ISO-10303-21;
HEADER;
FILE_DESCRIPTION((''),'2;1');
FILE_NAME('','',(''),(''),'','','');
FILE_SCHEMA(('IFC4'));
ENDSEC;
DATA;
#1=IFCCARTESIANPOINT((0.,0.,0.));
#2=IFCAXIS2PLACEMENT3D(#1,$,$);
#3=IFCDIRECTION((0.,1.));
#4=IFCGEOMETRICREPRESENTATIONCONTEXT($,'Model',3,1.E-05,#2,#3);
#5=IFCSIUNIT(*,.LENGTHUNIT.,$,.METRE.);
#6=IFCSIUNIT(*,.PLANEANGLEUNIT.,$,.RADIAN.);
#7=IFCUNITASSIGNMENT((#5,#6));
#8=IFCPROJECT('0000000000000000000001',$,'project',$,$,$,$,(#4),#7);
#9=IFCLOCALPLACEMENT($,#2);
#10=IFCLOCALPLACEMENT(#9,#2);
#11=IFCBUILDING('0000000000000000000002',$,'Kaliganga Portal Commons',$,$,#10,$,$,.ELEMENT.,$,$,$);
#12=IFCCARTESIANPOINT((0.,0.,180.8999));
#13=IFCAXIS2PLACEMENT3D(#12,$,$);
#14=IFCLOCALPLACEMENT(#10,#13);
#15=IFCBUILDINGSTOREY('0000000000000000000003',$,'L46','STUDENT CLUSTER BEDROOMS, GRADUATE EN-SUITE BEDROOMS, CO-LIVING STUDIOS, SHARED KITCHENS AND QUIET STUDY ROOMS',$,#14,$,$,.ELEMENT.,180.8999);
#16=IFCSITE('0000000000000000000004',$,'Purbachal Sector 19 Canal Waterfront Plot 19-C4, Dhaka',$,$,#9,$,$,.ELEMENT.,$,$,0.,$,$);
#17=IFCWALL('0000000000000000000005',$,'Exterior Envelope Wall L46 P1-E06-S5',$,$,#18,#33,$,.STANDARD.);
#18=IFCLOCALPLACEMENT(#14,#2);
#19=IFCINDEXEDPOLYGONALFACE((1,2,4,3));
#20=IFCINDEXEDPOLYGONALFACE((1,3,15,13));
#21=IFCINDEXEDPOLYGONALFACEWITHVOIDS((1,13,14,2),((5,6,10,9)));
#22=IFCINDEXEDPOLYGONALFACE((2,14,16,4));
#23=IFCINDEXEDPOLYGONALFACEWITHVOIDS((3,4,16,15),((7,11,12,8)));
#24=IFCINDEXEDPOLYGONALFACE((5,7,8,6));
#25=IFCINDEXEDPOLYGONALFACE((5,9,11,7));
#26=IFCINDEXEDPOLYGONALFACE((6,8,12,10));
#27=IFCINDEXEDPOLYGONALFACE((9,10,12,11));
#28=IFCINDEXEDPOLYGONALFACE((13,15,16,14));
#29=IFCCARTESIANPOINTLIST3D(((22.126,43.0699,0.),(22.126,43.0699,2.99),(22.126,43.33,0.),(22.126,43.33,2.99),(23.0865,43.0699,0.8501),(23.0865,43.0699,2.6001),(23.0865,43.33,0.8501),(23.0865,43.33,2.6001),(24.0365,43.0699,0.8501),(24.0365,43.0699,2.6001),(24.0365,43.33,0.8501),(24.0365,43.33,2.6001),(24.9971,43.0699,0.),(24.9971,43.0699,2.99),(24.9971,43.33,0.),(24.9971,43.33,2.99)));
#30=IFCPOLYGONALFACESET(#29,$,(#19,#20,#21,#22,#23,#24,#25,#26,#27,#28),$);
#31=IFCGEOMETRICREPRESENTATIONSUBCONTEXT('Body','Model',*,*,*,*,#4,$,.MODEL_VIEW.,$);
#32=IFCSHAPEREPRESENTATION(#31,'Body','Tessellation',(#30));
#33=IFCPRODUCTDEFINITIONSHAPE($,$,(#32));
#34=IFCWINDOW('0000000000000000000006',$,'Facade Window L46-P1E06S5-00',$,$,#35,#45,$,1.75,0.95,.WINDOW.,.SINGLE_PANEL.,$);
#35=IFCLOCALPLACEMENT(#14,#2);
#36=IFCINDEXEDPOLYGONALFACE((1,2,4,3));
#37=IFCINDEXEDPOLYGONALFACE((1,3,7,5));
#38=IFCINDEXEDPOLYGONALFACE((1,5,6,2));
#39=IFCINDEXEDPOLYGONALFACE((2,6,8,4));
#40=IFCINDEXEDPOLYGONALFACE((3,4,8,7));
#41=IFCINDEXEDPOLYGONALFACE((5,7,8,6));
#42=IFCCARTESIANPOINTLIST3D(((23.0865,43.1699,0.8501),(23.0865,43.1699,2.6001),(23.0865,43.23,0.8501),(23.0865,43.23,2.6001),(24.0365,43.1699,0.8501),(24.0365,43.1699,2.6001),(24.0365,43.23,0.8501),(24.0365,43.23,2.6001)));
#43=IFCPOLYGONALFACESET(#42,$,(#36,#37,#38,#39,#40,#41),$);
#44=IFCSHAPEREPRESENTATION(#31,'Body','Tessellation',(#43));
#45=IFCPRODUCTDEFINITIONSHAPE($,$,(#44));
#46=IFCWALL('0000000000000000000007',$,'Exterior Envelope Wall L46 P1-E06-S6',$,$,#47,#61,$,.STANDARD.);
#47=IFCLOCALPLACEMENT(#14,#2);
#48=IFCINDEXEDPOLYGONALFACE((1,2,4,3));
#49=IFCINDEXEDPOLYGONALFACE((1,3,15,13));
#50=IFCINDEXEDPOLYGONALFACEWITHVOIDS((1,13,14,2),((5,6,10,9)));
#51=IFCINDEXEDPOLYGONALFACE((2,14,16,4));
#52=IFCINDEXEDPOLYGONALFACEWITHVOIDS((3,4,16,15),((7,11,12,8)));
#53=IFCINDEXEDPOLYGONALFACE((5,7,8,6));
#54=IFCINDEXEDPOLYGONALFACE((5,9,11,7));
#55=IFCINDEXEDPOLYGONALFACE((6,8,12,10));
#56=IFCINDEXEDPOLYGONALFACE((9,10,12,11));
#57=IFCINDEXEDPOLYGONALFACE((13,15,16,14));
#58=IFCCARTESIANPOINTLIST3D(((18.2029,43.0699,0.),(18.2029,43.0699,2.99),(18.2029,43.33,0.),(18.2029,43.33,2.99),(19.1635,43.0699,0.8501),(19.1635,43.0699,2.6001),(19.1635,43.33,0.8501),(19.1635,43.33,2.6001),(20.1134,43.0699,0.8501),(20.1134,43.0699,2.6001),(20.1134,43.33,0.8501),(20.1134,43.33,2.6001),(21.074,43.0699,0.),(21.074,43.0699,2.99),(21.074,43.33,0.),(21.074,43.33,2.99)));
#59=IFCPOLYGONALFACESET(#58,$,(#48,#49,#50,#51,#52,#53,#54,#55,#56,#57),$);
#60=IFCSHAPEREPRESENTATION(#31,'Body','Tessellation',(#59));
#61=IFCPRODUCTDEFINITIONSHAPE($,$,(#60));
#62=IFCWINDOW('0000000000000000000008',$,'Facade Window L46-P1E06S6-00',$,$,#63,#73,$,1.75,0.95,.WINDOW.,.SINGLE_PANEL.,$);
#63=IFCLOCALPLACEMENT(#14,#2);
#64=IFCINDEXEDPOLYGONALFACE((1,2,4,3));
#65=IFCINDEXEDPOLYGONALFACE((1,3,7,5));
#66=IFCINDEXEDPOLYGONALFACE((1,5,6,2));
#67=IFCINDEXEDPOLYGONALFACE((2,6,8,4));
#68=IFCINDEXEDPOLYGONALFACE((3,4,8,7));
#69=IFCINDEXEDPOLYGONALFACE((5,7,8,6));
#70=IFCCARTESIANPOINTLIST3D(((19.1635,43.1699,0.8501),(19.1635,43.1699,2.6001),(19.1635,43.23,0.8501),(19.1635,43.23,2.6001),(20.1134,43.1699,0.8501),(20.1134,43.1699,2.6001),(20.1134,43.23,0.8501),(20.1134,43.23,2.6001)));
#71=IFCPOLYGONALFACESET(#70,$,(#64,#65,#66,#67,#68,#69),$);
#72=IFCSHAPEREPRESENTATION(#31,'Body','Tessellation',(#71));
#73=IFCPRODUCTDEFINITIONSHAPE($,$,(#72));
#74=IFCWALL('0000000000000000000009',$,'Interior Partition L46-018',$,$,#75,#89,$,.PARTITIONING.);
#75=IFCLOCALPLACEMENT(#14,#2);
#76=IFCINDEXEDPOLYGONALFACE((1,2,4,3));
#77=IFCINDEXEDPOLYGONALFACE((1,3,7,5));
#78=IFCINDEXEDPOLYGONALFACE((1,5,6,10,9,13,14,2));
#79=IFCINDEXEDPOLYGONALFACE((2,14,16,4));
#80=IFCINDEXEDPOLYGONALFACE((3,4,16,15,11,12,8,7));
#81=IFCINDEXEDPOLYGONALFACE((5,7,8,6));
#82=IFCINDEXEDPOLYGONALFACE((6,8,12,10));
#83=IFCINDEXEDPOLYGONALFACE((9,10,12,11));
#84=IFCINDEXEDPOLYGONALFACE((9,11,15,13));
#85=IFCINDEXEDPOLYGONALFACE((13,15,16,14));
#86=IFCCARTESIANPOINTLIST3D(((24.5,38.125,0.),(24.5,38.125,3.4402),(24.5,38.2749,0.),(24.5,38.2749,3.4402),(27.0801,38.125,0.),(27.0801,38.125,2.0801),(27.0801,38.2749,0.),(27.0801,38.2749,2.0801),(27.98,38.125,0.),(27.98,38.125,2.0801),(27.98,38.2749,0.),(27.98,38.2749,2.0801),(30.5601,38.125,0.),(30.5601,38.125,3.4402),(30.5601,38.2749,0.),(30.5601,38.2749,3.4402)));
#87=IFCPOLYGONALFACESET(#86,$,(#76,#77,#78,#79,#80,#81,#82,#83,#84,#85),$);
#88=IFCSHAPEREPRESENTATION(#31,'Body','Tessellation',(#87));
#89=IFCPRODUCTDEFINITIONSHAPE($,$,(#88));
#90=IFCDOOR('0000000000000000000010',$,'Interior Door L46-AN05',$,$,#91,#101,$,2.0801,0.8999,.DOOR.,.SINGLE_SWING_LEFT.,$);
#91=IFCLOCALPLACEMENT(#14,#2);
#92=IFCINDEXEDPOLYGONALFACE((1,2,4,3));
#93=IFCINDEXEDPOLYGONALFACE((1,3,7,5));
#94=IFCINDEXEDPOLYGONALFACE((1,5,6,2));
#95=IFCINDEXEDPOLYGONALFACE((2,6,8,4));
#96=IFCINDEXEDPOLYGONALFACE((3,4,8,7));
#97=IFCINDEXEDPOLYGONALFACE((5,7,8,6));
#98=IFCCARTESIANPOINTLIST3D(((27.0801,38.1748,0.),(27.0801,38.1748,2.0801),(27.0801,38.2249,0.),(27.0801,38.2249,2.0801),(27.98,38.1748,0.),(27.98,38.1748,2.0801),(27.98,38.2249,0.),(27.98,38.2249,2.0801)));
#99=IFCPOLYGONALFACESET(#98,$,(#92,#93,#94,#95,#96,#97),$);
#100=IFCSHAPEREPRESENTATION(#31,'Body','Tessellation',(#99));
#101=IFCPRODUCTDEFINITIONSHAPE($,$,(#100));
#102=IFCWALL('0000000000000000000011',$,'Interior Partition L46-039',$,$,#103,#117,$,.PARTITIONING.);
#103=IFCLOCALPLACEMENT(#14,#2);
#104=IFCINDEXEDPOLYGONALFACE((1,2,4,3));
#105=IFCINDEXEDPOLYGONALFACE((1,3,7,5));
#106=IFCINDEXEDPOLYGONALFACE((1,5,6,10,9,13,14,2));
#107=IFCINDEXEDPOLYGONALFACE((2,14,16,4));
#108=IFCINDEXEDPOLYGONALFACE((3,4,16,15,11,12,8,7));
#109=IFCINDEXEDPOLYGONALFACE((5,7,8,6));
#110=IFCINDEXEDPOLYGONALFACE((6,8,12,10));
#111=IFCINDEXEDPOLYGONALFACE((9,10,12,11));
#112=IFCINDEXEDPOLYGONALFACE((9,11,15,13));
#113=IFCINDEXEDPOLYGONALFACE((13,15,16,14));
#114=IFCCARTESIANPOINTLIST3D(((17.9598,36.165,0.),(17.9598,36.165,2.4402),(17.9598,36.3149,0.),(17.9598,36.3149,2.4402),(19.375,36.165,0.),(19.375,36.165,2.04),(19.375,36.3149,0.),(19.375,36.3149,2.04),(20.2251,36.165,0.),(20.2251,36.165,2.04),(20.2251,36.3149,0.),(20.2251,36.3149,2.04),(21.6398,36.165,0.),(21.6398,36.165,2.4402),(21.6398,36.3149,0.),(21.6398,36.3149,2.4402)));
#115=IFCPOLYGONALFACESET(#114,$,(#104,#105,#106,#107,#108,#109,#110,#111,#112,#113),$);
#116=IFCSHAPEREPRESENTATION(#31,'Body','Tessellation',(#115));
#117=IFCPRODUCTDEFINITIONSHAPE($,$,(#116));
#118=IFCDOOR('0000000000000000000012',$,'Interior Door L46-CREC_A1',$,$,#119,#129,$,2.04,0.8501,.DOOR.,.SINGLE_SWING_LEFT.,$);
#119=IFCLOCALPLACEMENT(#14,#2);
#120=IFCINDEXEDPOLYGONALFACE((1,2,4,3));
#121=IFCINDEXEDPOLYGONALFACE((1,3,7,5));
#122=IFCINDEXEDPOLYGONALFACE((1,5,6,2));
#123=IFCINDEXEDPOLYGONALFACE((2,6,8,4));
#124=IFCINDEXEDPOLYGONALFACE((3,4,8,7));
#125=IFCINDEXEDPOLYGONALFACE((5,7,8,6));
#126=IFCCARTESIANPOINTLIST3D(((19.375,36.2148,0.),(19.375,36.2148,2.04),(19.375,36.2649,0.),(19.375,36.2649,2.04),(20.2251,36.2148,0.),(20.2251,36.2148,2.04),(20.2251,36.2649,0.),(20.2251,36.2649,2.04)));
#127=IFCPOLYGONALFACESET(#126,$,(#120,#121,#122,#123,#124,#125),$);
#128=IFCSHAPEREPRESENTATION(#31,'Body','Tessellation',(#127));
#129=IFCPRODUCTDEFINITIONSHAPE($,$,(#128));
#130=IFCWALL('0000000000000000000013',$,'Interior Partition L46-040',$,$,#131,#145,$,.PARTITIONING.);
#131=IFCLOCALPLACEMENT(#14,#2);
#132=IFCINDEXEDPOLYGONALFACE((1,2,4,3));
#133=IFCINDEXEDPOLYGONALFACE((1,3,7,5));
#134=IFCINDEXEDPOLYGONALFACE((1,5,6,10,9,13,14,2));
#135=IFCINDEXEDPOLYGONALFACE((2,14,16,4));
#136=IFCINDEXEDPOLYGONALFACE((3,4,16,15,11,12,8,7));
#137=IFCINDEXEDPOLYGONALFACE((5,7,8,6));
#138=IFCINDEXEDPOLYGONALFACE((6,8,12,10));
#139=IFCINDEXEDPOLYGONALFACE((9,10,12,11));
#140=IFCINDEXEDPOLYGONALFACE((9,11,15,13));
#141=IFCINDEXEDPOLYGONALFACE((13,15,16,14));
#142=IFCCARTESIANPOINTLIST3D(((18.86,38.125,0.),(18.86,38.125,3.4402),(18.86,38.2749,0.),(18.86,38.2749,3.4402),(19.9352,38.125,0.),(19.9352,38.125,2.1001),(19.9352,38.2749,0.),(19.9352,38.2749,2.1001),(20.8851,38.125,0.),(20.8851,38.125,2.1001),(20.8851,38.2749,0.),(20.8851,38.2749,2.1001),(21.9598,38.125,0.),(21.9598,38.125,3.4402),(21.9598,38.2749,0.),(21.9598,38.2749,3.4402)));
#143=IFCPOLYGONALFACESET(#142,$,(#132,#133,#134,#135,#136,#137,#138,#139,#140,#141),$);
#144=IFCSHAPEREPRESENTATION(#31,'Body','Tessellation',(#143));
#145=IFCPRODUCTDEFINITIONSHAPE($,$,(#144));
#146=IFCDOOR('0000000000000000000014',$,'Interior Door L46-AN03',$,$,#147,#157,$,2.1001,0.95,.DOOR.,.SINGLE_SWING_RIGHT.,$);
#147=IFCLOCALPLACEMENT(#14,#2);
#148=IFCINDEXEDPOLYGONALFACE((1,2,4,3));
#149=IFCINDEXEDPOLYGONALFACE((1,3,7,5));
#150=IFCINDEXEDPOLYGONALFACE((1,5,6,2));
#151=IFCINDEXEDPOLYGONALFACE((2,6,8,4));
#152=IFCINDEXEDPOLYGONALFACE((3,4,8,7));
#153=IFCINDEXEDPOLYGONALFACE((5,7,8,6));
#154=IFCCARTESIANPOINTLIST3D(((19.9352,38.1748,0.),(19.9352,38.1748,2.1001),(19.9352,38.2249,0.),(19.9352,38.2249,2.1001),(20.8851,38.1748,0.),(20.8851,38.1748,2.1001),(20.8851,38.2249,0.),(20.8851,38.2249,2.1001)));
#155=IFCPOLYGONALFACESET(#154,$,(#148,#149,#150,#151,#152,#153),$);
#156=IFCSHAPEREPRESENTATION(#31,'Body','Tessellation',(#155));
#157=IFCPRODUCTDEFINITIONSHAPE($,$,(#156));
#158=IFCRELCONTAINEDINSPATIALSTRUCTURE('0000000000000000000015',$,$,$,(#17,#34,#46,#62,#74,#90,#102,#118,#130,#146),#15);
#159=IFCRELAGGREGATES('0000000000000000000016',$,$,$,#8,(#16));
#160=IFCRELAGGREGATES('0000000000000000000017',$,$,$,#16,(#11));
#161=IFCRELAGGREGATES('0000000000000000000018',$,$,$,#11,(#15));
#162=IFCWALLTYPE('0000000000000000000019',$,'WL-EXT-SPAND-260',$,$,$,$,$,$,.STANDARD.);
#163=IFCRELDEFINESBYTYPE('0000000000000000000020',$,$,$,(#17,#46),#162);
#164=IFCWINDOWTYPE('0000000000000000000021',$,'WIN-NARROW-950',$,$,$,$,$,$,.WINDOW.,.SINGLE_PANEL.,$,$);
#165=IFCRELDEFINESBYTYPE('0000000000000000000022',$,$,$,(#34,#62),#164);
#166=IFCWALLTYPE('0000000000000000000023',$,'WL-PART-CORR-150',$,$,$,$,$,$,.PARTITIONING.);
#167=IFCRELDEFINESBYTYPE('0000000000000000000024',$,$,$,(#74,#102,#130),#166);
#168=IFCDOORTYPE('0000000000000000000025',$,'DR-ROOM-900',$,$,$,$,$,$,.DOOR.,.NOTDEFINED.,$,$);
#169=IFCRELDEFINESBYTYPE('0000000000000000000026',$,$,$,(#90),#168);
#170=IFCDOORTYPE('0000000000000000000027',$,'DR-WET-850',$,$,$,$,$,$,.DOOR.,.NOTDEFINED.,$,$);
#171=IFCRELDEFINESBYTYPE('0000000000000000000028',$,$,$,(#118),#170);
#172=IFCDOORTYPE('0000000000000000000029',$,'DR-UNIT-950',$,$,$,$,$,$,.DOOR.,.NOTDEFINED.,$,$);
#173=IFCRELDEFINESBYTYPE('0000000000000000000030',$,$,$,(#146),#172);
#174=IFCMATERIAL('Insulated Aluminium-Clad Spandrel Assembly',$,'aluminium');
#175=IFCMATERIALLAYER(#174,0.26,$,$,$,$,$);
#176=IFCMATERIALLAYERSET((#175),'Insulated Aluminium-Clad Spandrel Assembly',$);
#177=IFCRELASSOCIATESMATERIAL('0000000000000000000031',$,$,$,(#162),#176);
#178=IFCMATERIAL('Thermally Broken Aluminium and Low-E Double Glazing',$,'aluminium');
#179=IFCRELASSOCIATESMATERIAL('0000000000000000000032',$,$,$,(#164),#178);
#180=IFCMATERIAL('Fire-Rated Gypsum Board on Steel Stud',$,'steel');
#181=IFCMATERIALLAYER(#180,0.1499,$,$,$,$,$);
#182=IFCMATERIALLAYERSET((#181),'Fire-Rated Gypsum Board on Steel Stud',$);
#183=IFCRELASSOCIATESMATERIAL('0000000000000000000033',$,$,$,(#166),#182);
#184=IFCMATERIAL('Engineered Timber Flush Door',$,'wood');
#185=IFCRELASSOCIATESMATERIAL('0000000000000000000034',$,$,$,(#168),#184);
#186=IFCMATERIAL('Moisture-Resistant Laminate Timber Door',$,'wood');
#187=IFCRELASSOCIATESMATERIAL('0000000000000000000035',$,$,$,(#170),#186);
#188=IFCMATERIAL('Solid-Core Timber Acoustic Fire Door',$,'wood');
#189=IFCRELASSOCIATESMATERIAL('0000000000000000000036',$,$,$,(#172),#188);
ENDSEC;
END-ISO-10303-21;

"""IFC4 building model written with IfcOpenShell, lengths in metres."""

from ifc_helpers import new_model, si_unit, direction, frame, frame_2d, origin, place, context, subcontext, project, spatial, rectangle, extrude, material, layer, layer_set, type_object, element, fill, save


model = new_model("IFC4")

# Units and contexts
model_context = context("Model", 3, precision=1e-05, world=origin(), true_north=direction((0.0, 1.0)))
body_context = subcontext(model_context, "Body", "Model", "MODEL_VIEW")
ifc_project = project(units=[si_unit("LENGTHUNIT", "METRE"), si_unit("PLANEANGLEUNIT", "RADIAN")], contexts=[model_context])

# Site, building, storey
site_placement = place(None, origin())
site = spatial("IfcSite", under=ifc_project, at=site_placement, Name="Purbachal Sector 19 Canal Waterfront Plot 19-C4, Dhaka", CompositionType="ELEMENT", RefElevation=0.0)
building_placement = place(site_placement, origin())
building = spatial("IfcBuilding", under=site, at=building_placement, Name="Kaliganga Portal Commons", CompositionType="ELEMENT")
storey_placement = place(building_placement, frame((0.0, 0.0, 180.8999)))
storey = spatial("IfcBuildingStorey", under=building, at=storey_placement, Name="L46", Description="STUDENT CLUSTER BEDROOMS, GRADUATE EN-SUITE BEDROOMS, CO-LIVING STUDIOS, SHARED KITCHENS AND QUIET STUDY ROOMS", CompositionType="ELEMENT", Elevation=180.8999)

# Walls, openings, windows
ifc_material_1 = material(Name="Insulated Aluminium-Clad Spandrel Assembly", Category="aluminium")
ifc_layer_1 = layer(ifc_material_1, 0.26)
ifc_layer_set_1 = layer_set([ifc_layer_1], Name="Insulated Aluminium-Clad Spandrel Assembly")
wall_type_1 = type_object("IfcWallType", Name="WL-EXT-SPAND-260", PredefinedType="STANDARD", material=ifc_layer_set_1)
ifc_material_2 = material(Name="Thermally Broken Aluminium and Low-E Double Glazing", Category="aluminium")
window_type = type_object("IfcWindowType", Name="WIN-NARROW-950", PartitioningType="SINGLE_PANEL", PredefinedType="WINDOW", material=ifc_material_2)
wall_1_placement = place(storey_placement, frame((22.126, 43.2, 0.0), z_axis=(0.0, 0.0, 1.0), x_axis=(1.0, 0.0, 0.0)))
wall_1 = element("IfcWall", 1, at=wall_1_placement, inside=storey, type_object=wall_type_1, Name="Exterior Envelope Wall L46 P1-E06-S5", PredefinedType="STANDARD", context=body_context, shape_type="SweptSolid", body=[
    extrude(rectangle(XDim=2.8711, YDim=0.26, at=frame_2d((1.4355, 0.0))), origin(), (0.0, 0.0, 1.0), 2.99),
])
opening_1_placement = place(wall_1_placement, frame((0.9604, 0.0, 0.8501)))
opening_1 = element("IfcOpeningElement", 2, at=opening_1_placement, cuts=wall_1, PredefinedType="OPENING", context=body_context, shape_type="SweptSolid", body=[
    extrude(rectangle(XDim=0.95, YDim=1.75, at=frame_2d((0.4751, 0.875))), frame((0.0, 0.1401, 0.0), z_axis=(0.0, -1.0, 0.0), x_axis=(1.0, 0.0, 0.0)), (0.0, 0.0, 1.0), 0.28),
])
window_1_placement = place(opening_1_placement, origin())
window_1 = element("IfcWindow", 3, at=window_1_placement, inside=storey, type_object=window_type, Name="Facade Window L46-P1E06S5-00", OverallHeight=1.75, OverallWidth=0.95, PartitioningType="SINGLE_PANEL", PredefinedType="WINDOW", context=body_context, shape_type="SweptSolid", body=[
    extrude(rectangle(XDim=0.95, YDim=1.75, at=frame_2d((0.4751, 0.875))), frame((0.0, 0.03, 0.0), z_axis=(0.0, -1.0, 0.0), x_axis=(1.0, 0.0, 0.0)), (0.0, 0.0, 1.0), 0.0601),
])
fill(opening_1, window_1)
wall_2_placement = place(storey_placement, frame((18.2029, 43.2, 0.0), z_axis=(0.0, 0.0, 1.0), x_axis=(1.0, 0.0, 0.0)))
wall_2 = element("IfcWall", 4, at=wall_2_placement, inside=storey, type_object=wall_type_1, Name="Exterior Envelope Wall L46 P1-E06-S6", PredefinedType="STANDARD", context=body_context, shape_type="SweptSolid", body=[
    extrude(rectangle(XDim=2.8711, YDim=0.26, at=frame_2d((1.4355, 0.0))), origin(), (0.0, 0.0, 1.0), 2.99),
])
opening_2_placement = place(wall_2_placement, frame((0.9604, 0.0, 0.8501)))
opening_2 = element("IfcOpeningElement", 5, at=opening_2_placement, cuts=wall_2, PredefinedType="OPENING", context=body_context, shape_type="SweptSolid", body=[
    extrude(rectangle(XDim=0.95, YDim=1.75, at=frame_2d((0.4751, 0.875))), frame((0.0, 0.1401, 0.0), z_axis=(0.0, -1.0, 0.0), x_axis=(1.0, 0.0, 0.0)), (0.0, 0.0, 1.0), 0.28),
])
window_2_placement = place(opening_2_placement, origin())
window_2 = element("IfcWindow", 6, at=window_2_placement, inside=storey, type_object=window_type, Name="Facade Window L46-P1E06S6-00", OverallHeight=1.75, OverallWidth=0.95, PartitioningType="SINGLE_PANEL", PredefinedType="WINDOW", context=body_context, shape_type="SweptSolid", body=[
    extrude(rectangle(XDim=0.95, YDim=1.75, at=frame_2d((0.4751, 0.875))), frame((0.0, 0.03, 0.0), z_axis=(0.0, -1.0, 0.0), x_axis=(1.0, 0.0, 0.0)), (0.0, 0.0, 1.0), 0.0601),
])
fill(opening_2, window_2)

# Walls, openings, doors
ifc_material_3 = material(Name="Fire-Rated Gypsum Board on Steel Stud", Category="steel")
ifc_layer_2 = layer(ifc_material_3, 0.1499)
ifc_layer_set_2 = layer_set([ifc_layer_2], Name="Fire-Rated Gypsum Board on Steel Stud")
wall_type_2 = type_object("IfcWallType", Name="WL-PART-CORR-150", PredefinedType="PARTITIONING", material=ifc_layer_set_2)
wall_3_placement = place(storey_placement, frame((24.5, 38.2, 0.0), z_axis=(0.0, 0.0, 1.0), x_axis=(1.0, 0.0, 0.0)))
wall_3 = element("IfcWall", 7, at=wall_3_placement, inside=storey, type_object=wall_type_2, Name="Interior Partition L46-018", PredefinedType="PARTITIONING", context=body_context, shape_type="SweptSolid", body=[
    extrude(rectangle(XDim=6.0601, YDim=0.1499, at=frame_2d((3.03, 0.0))), origin(), (0.0, 0.0, 1.0), 3.4402),
])
opening_3_placement = place(wall_3_placement, frame((2.5801, 0.0, 0.0)))
opening_3 = element("IfcOpeningElement", 8, at=opening_3_placement, cuts=wall_3, PredefinedType="OPENING", context=body_context, shape_type="SweptSolid", body=[
    extrude(rectangle(XDim=0.8999, YDim=2.0801, at=frame_2d((0.45, 1.04))), frame((0.0, 0.085, 0.0), z_axis=(0.0, -1.0, 0.0), x_axis=(1.0, 0.0, 0.0)), (0.0, 0.0, 1.0), 0.1699),
])
ifc_material_4 = material(Name="Engineered Timber Flush Door", Category="wood")
door_type_1 = type_object("IfcDoorType", Name="DR-ROOM-900", OperationType="NOTDEFINED", PredefinedType="DOOR", material=ifc_material_4)
door_1_placement = place(opening_3_placement, origin())
door_1 = element("IfcDoor", 9, at=door_1_placement, inside=storey, type_object=door_type_1, Name="Interior Door L46-AN05", OperationType="SINGLE_SWING_LEFT", OverallHeight=2.0801, OverallWidth=0.8999, PredefinedType="DOOR", context=body_context, shape_type="SweptSolid", body=[
    extrude(rectangle(XDim=0.8999, YDim=2.0801, at=frame_2d((0.45, 1.04))), frame((0.0, 0.0249, 0.0), z_axis=(0.0, -1.0, 0.0), x_axis=(1.0, 0.0, 0.0)), (0.0, 0.0, 1.0), 0.05),
])
fill(opening_3, door_1)
wall_4_placement = place(storey_placement, frame((17.96, 36.24, 0.0), z_axis=(0.0, 0.0, 1.0), x_axis=(1.0, 0.0, 0.0)))
wall_4 = element("IfcWall", 10, at=wall_4_placement, inside=storey, type_object=wall_type_2, Name="Interior Partition L46-039", PredefinedType="PARTITIONING", context=body_context, shape_type="SweptSolid", body=[
    extrude(rectangle(XDim=3.6799, YDim=0.1499, at=frame_2d((1.8398, 0.0))), origin(), (0.0, 0.0, 1.0), 2.4402),
])
opening_4_placement = place(wall_4_placement, frame((1.415, 0.0, 0.0)))
opening_4 = element("IfcOpeningElement", 11, at=opening_4_placement, cuts=wall_4, PredefinedType="OPENING", context=body_context, shape_type="SweptSolid", body=[
    extrude(rectangle(XDim=0.8501, YDim=2.04, at=frame_2d((0.425, 1.02))), frame((0.0, 0.085, 0.0), z_axis=(0.0, -1.0, 0.0), x_axis=(1.0, 0.0, 0.0)), (0.0, 0.0, 1.0), 0.1699),
])
ifc_material_5 = material(Name="Moisture-Resistant Laminate Timber Door", Category="wood")
door_type_2 = type_object("IfcDoorType", Name="DR-WET-850", OperationType="NOTDEFINED", PredefinedType="DOOR", material=ifc_material_5)
door_2_placement = place(opening_4_placement, origin())
door_2 = element("IfcDoor", 12, at=door_2_placement, inside=storey, type_object=door_type_2, Name="Interior Door L46-CREC_A1", OperationType="SINGLE_SWING_LEFT", OverallHeight=2.04, OverallWidth=0.8501, PredefinedType="DOOR", context=body_context, shape_type="SweptSolid", body=[
    extrude(rectangle(XDim=0.8501, YDim=2.04, at=frame_2d((0.425, 1.02))), frame((0.0, 0.0249, 0.0), z_axis=(0.0, -1.0, 0.0), x_axis=(1.0, 0.0, 0.0)), (0.0, 0.0, 1.0), 0.05),
])
fill(opening_4, door_2)
wall_5_placement = place(storey_placement, frame((18.8601, 38.2, 0.0), z_axis=(0.0, 0.0, 1.0), x_axis=(1.0, 0.0, 0.0)))
wall_5 = element("IfcWall", 13, at=wall_5_placement, inside=storey, type_object=wall_type_2, Name="Interior Partition L46-040", PredefinedType="PARTITIONING", context=body_context, shape_type="SweptSolid", body=[
    extrude(rectangle(XDim=3.0999, YDim=0.1499, at=frame_2d((1.5498, 0.0))), origin(), (0.0, 0.0, 1.0), 3.4402),
])
opening_5_placement = place(wall_5_placement, frame((1.075, 0.0, 0.0)))
opening_5 = element("IfcOpeningElement", 14, at=opening_5_placement, cuts=wall_5, PredefinedType="OPENING", context=body_context, shape_type="SweptSolid", body=[
    extrude(rectangle(XDim=0.95, YDim=2.1001, at=frame_2d((0.4751, 1.05))), frame((0.0, 0.085, 0.0), z_axis=(0.0, -1.0, 0.0), x_axis=(1.0, 0.0, 0.0)), (0.0, 0.0, 1.0), 0.1699),
])
ifc_material_6 = material(Name="Solid-Core Timber Acoustic Fire Door", Category="wood")
door_type_3 = type_object("IfcDoorType", Name="DR-UNIT-950", OperationType="NOTDEFINED", PredefinedType="DOOR", material=ifc_material_6)
door_3_placement = place(opening_5_placement, origin())
door_3 = element("IfcDoor", 15, at=door_3_placement, inside=storey, type_object=door_type_3, Name="Interior Door L46-AN03", OperationType="SINGLE_SWING_RIGHT", OverallHeight=2.1001, OverallWidth=0.95, PredefinedType="DOOR", context=body_context, shape_type="SweptSolid", body=[
    extrude(rectangle(XDim=0.95, YDim=2.1001, at=frame_2d((0.4751, 1.05))), frame((0.0, 0.0249, 0.0), z_axis=(0.0, -1.0, 0.0), x_axis=(1.0, 0.0, 0.0)), (0.0, 0.0, 1.0), 0.05),
])
fill(opening_5, door_3)

save(model, "model.ifc")
